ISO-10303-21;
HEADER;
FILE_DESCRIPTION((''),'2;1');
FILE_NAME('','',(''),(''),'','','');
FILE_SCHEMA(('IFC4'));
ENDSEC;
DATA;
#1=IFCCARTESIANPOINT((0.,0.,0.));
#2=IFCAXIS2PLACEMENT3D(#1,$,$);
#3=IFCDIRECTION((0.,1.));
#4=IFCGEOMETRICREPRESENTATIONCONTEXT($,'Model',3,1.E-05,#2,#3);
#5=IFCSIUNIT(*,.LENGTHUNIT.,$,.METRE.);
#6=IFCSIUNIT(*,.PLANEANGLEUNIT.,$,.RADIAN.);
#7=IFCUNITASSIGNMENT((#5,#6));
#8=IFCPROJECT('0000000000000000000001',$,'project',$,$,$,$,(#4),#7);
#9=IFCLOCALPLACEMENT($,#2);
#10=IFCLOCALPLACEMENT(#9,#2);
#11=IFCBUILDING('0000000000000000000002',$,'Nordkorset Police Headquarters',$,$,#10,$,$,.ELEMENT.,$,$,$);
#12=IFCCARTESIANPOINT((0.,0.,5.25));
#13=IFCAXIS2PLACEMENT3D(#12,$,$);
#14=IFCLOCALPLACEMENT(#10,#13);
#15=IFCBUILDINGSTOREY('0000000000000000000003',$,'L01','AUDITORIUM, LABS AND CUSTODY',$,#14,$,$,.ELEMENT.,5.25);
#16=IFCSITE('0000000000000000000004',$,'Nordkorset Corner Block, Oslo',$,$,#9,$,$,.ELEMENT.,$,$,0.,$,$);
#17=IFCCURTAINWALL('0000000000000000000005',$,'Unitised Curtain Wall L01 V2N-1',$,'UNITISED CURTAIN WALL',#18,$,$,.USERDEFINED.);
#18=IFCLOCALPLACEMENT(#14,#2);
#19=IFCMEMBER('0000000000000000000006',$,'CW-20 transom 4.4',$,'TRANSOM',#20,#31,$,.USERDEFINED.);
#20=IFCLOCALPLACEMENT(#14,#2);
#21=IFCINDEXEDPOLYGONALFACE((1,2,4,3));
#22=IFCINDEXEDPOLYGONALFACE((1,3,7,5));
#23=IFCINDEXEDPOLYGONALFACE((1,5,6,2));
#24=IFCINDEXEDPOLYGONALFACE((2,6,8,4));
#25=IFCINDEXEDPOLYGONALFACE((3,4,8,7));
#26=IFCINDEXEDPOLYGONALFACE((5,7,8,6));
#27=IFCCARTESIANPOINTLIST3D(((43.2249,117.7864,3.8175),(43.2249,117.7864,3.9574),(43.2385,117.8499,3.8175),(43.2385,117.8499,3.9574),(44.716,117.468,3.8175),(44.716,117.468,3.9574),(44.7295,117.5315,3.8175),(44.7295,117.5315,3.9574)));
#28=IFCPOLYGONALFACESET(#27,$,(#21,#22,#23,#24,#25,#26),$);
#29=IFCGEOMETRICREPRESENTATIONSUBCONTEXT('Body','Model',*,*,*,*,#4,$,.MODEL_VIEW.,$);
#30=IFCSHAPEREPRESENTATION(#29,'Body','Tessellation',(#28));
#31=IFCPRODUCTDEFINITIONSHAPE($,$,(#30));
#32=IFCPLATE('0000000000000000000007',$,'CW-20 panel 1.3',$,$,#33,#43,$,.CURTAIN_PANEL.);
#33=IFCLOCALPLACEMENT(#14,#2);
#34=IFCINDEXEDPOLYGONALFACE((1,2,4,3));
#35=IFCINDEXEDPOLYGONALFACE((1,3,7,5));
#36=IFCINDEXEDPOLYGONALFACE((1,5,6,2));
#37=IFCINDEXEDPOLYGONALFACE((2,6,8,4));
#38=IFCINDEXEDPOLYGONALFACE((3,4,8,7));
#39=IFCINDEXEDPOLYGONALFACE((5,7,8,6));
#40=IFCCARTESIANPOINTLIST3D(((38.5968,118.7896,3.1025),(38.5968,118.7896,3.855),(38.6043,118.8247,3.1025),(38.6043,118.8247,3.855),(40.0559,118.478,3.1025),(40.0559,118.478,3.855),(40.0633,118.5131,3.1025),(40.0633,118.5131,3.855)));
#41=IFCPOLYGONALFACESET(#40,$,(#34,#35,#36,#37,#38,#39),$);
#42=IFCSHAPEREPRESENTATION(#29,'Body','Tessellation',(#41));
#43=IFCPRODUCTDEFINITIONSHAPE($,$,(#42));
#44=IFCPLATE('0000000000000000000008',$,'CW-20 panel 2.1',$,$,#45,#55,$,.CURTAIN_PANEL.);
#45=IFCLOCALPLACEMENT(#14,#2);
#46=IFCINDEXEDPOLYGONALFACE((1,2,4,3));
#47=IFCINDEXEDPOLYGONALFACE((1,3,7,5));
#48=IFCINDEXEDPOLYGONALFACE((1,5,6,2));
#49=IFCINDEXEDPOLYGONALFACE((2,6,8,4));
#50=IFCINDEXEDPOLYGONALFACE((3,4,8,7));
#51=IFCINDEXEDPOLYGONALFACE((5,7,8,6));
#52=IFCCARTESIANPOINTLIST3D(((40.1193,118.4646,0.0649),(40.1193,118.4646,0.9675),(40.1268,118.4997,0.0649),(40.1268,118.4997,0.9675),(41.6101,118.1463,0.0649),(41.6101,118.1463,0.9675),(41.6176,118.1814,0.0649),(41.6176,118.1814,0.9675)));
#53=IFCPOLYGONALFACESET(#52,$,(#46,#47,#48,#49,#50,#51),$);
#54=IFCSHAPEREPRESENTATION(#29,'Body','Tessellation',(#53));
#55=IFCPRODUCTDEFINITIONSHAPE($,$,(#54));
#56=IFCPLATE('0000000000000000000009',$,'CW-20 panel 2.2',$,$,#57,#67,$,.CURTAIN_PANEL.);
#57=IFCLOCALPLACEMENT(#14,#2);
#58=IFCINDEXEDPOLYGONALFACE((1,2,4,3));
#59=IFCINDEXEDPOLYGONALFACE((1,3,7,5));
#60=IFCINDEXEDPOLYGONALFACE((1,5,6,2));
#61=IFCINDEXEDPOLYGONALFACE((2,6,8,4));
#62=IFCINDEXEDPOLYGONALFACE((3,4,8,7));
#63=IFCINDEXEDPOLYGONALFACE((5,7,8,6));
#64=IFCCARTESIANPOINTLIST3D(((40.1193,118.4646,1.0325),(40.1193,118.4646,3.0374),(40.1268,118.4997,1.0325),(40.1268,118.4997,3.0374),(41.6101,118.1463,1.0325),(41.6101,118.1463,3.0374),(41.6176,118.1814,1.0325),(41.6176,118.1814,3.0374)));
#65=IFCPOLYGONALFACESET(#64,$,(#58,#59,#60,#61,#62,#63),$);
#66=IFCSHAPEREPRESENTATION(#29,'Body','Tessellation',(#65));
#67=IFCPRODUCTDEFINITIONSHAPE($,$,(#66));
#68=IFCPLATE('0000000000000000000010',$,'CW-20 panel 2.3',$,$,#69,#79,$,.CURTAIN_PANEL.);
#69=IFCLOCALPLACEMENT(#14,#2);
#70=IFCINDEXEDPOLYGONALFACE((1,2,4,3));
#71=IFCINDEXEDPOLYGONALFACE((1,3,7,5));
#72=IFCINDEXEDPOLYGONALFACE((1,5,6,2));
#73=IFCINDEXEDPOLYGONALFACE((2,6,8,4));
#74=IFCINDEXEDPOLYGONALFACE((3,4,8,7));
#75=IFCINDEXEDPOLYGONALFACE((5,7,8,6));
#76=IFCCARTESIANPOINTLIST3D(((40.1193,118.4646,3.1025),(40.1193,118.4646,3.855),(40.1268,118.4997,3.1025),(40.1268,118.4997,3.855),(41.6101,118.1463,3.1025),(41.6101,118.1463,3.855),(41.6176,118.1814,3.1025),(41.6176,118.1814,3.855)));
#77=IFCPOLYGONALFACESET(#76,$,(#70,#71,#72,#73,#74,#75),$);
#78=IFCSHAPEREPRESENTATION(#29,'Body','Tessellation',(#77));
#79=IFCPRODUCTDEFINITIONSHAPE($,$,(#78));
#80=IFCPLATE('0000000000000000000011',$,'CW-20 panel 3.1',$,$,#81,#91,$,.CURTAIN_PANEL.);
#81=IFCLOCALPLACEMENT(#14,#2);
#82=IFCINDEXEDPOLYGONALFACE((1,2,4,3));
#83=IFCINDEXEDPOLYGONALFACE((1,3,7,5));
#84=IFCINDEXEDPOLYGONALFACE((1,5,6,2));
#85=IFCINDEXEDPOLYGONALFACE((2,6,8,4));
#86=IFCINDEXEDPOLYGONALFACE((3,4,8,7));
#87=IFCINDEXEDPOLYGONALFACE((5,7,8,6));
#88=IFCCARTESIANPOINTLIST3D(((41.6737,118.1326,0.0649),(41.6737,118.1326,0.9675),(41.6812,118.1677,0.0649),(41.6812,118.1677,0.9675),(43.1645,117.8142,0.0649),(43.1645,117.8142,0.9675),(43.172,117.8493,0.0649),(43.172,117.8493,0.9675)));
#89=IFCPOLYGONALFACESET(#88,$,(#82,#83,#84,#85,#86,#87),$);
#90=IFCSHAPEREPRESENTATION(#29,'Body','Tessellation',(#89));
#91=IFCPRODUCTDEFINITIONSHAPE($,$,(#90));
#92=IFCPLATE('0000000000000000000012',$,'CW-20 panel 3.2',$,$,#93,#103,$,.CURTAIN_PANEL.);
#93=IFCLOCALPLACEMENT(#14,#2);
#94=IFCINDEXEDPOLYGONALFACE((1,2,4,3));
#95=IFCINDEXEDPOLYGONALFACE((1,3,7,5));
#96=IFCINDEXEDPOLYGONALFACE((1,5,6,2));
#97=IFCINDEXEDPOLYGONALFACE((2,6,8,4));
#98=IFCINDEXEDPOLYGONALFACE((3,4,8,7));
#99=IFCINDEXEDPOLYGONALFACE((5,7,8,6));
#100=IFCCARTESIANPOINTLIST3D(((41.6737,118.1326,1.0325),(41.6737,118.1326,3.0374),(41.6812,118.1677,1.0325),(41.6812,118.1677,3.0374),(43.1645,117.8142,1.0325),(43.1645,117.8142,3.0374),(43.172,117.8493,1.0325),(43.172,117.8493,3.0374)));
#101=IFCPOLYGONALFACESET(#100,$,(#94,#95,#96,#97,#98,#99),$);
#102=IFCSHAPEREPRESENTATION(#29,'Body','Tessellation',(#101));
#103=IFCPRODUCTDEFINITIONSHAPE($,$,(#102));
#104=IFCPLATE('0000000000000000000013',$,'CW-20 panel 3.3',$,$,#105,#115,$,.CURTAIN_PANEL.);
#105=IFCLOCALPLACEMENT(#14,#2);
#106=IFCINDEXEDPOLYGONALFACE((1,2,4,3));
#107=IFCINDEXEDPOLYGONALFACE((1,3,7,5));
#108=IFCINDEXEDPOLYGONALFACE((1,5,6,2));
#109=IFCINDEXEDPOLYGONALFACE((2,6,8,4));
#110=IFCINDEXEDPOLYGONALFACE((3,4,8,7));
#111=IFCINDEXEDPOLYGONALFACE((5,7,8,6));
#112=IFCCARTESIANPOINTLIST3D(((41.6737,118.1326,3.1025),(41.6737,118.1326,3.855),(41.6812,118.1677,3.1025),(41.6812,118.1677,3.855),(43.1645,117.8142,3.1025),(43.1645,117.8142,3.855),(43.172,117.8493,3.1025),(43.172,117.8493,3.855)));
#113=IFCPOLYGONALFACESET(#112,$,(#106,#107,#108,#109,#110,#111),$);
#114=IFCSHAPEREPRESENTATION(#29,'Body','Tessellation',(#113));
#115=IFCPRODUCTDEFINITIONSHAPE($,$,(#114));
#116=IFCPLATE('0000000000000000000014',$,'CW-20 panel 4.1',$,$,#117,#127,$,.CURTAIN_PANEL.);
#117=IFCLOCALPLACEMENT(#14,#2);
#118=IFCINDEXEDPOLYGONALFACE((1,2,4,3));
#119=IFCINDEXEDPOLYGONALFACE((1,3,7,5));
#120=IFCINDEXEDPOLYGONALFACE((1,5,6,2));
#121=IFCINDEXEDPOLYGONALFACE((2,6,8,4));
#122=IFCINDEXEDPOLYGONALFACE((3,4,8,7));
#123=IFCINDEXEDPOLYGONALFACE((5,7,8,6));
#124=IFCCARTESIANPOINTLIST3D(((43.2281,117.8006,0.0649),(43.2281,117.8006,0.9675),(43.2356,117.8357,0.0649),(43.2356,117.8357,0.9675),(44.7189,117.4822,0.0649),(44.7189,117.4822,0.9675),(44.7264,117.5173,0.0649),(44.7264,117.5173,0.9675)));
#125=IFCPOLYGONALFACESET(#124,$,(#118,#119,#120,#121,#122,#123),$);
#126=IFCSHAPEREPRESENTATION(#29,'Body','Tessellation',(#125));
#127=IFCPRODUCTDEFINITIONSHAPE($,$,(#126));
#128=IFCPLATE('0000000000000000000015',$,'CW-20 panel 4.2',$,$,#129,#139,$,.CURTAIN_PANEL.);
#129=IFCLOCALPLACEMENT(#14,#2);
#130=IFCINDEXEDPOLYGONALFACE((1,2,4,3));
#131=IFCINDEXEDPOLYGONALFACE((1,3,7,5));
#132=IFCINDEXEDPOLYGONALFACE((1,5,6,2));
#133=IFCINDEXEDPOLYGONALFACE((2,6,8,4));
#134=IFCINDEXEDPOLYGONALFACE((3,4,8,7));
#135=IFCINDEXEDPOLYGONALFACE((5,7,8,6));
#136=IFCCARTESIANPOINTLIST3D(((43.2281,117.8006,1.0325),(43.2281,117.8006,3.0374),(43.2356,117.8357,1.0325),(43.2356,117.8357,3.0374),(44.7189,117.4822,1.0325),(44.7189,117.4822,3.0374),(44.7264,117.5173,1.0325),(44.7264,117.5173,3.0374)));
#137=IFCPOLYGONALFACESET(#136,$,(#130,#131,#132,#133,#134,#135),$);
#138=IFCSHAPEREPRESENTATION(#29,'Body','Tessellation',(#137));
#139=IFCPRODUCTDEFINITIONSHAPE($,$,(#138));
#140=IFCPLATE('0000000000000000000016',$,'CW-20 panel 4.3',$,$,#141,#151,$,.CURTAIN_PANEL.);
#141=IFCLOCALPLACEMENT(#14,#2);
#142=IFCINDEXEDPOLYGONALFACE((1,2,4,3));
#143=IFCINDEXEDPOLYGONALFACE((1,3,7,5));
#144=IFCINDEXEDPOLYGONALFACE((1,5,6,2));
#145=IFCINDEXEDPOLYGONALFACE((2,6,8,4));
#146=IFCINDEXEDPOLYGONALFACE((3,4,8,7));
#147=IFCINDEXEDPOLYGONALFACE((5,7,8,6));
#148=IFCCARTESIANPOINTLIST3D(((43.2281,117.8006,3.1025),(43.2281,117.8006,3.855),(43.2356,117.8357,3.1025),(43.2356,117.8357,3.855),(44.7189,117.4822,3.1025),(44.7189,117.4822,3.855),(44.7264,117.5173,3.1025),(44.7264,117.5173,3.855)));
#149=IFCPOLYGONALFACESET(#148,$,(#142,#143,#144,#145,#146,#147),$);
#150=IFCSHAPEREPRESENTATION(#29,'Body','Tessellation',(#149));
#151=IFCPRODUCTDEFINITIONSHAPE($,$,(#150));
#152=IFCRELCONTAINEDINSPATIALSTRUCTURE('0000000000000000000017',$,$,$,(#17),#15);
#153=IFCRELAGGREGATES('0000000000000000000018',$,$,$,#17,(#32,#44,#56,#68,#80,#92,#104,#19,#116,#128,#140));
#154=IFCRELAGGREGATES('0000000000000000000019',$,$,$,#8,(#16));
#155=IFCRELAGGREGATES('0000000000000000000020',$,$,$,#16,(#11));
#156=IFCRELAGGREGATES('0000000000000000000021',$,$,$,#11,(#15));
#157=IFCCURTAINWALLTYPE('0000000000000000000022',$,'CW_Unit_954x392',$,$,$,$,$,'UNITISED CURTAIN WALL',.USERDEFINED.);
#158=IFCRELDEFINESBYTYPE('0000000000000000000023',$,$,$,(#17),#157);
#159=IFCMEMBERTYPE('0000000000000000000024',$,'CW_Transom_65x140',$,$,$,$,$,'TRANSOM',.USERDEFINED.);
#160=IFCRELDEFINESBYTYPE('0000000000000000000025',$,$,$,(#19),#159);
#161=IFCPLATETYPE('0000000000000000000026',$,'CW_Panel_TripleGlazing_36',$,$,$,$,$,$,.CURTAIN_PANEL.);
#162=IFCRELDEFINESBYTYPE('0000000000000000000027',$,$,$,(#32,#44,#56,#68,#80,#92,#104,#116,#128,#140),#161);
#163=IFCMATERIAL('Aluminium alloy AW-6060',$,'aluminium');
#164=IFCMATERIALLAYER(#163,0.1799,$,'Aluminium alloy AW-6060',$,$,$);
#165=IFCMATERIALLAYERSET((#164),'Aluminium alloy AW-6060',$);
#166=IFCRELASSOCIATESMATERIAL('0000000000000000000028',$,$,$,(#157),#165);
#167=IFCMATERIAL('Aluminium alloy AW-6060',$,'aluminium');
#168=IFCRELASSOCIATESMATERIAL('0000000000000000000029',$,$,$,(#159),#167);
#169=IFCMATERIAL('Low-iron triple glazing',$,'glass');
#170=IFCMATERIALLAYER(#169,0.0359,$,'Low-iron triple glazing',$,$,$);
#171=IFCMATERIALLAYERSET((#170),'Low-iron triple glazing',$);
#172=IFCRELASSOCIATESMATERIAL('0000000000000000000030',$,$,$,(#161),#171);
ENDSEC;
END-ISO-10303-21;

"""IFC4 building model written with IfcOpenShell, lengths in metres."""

from ifc_helpers import new_model, si_unit, direction, frame, origin, origin_2d, place, context, subcontext, project, spatial, rectangle, extrude, material, layer, layer_set, material_profile, profile_set, type_object, element, aggregate, save


model = new_model("IFC4")

# Units and contexts
model_context = context("Model", 3, precision=1e-05, world=origin(), true_north=direction((0.0, 1.0)))
body_context = subcontext(model_context, "Body", "Model", "MODEL_VIEW")
ifc_project = project(units=[si_unit("LENGTHUNIT", "METRE"), si_unit("PLANEANGLEUNIT", "RADIAN")], contexts=[model_context])

# Site, building, storey
site_placement = place(None, origin())
site = spatial("IfcSite", under=ifc_project, at=site_placement, Name="Nordkorset Corner Block, Oslo", CompositionType="ELEMENT", RefElevation=0.0)
building_placement = place(site_placement, origin())
building = spatial("IfcBuilding", under=site, at=building_placement, Name="Nordkorset Police Headquarters", CompositionType="ELEMENT")
storey_placement = place(building_placement, frame((0.0, 0.0, 5.25)))
storey = spatial("IfcBuildingStorey", under=building, at=storey_placement, Name="L01", Description="AUDITORIUM, LABS AND CUSTODY", CompositionType="ELEMENT", Elevation=5.25)

# Curtain wall, member, plates
ifc_material_1 = material(Name="Aluminium alloy AW-6060", Category="aluminium")
ifc_layer_1 = layer(ifc_material_1, 0.1799, Name="Aluminium alloy AW-6060")
ifc_layer_set_1 = layer_set([ifc_layer_1], Name="Aluminium alloy AW-6060")
curtain_wall_type = type_object("IfcCurtainWallType", Name="CW_Unit_954x392", ElementType="UNITISED CURTAIN WALL", PredefinedType="USERDEFINED", material=ifc_layer_set_1)
curtain_wall_placement = place(storey_placement, origin())
curtain_wall = element("IfcCurtainWall", 1, at=curtain_wall_placement, inside=storey, type_object=curtain_wall_type, Name="Unitised Curtain Wall L01 V2N-1", ObjectType="UNITISED CURTAIN WALL", PredefinedType="USERDEFINED")
ifc_material_2 = material(Name="Aluminium alloy AW-6060", Category="aluminium")
ifc_material_profile_1 = material_profile(ifc_material_2, rectangle(XDim=0.0649, YDim=0.1399, at=origin_2d()), Name="ALU TRAN 65x140")
ifc_profile_set_1 = profile_set([ifc_material_profile_1], Name="Aluminium alloy AW-6060")
member_type_1 = type_object("IfcMemberType", Name="CW_Transom_65x140", ElementType="TRANSOM", PredefinedType="USERDEFINED", material=ifc_profile_set_1)
member_1_placement = place(storey_placement, frame((43.2317, 117.8181, 3.8875), z_axis=(0.977954, -0.208818, 0.0), x_axis=(0.208818, 0.977954, 0.0)))
member_1 = element("IfcMember", 2, at=member_1_placement, type_object=member_type_1, Name="CW-20 transom 4.4", ObjectType="TRANSOM", PredefinedType="USERDEFINED", context=body_context, shape_type="SweptSolid", body=[
    extrude(rectangle(XDim=0.0649, YDim=0.1399, at=origin_2d()), origin(), (0.0, 0.0, 1.0), 1.5247),
])
ifc_material_3 = material(Name="Low-iron triple glazing", Category="glass")
ifc_layer_2 = layer(ifc_material_3, 0.0359, Name="Low-iron triple glazing")
ifc_layer_set_2 = layer_set([ifc_layer_2], Name="Low-iron triple glazing")
plate_type = type_object("IfcPlateType", Name="CW_Panel_TripleGlazing_36", PredefinedType="CURTAIN_PANEL", material=ifc_layer_set_2)
plate_1_placement = place(storey_placement, frame((39.3301, 118.6514, 3.1025), z_axis=(0.0, 0.0, 1.0), x_axis=(0.977951, -0.208833, 0.0)))
plate_1 = element("IfcPlate", 3, at=plate_1_placement, type_object=plate_type, Name="CW-20 panel 1.3", PredefinedType="CURTAIN_PANEL", context=body_context, shape_type="SweptSolid", body=[
    extrude(rectangle(XDim=1.4919, YDim=0.0359, at=origin_2d()), origin(), (0.0, 0.0, 1.0), 0.7524),
])
plate_2_placement = place(storey_placement, frame((40.8684, 118.323, 0.0649), z_axis=(0.0, 0.0, 1.0), x_axis=(0.977951, -0.208833, 0.0)))
plate_2 = element("IfcPlate", 4, at=plate_2_placement, type_object=plate_type, Name="CW-20 panel 2.1", PredefinedType="CURTAIN_PANEL", context=body_context, shape_type="SweptSolid", body=[
    extrude(rectangle(XDim=1.5244, YDim=0.0359, at=origin_2d()), origin(), (0.0, 0.0, 1.0), 0.9026),
])
plate_3_placement = place(storey_placement, frame((40.8684, 118.323, 1.0325), z_axis=(0.0, 0.0, 1.0), x_axis=(0.977951, -0.208833, 0.0)))
plate_3 = element("IfcPlate", 5, at=plate_3_placement, type_object=plate_type, Name="CW-20 panel 2.2", PredefinedType="CURTAIN_PANEL", context=body_context, shape_type="SweptSolid", body=[
    extrude(rectangle(XDim=1.5244, YDim=0.0359, at=origin_2d()), origin(), (0.0, 0.0, 1.0), 2.0049),
])
plate_4_placement = place(storey_placement, frame((40.8684, 118.323, 3.1025), z_axis=(0.0, 0.0, 1.0), x_axis=(0.977951, -0.208833, 0.0)))
plate_4 = element("IfcPlate", 6, at=plate_4_placement, type_object=plate_type, Name="CW-20 panel 2.3", PredefinedType="CURTAIN_PANEL", context=body_context, shape_type="SweptSolid", body=[
    extrude(rectangle(XDim=1.5244, YDim=0.0359, at=origin_2d()), origin(), (0.0, 0.0, 1.0), 0.7524),
])
plate_5_placement = place(storey_placement, frame((42.4229, 117.991, 0.0649), z_axis=(0.0, 0.0, 1.0), x_axis=(0.977951, -0.208833, 0.0)))
plate_5 = element("IfcPlate", 7, at=plate_5_placement, type_object=plate_type, Name="CW-20 panel 3.1", PredefinedType="CURTAIN_PANEL", context=body_context, shape_type="SweptSolid", body=[
    extrude(rectangle(XDim=1.5244, YDim=0.0359, at=origin_2d()), origin(), (0.0, 0.0, 1.0), 0.9026),
])
plate_6_placement = place(storey_placement, frame((42.4229, 117.991, 1.0325), z_axis=(0.0, 0.0, 1.0), x_axis=(0.977951, -0.208833, 0.0)))
plate_6 = element("IfcPlate", 8, at=plate_6_placement, type_object=plate_type, Name="CW-20 panel 3.2", PredefinedType="CURTAIN_PANEL", context=body_context, shape_type="SweptSolid", body=[
    extrude(rectangle(XDim=1.5244, YDim=0.0359, at=origin_2d()), origin(), (0.0, 0.0, 1.0), 2.0049),
])
plate_7_placement = place(storey_placement, frame((42.4229, 117.991, 3.1025), z_axis=(0.0, 0.0, 1.0), x_axis=(0.977951, -0.208833, 0.0)))
plate_7 = element("IfcPlate", 9, at=plate_7_placement, type_object=plate_type, Name="CW-20 panel 3.3", PredefinedType="CURTAIN_PANEL", context=body_context, shape_type="SweptSolid", body=[
    extrude(rectangle(XDim=1.5244, YDim=0.0359, at=origin_2d()), origin(), (0.0, 0.0, 1.0), 0.7524),
])
plate_8_placement = place(storey_placement, frame((43.9773, 117.6589, 0.0649), z_axis=(0.0, 0.0, 1.0), x_axis=(0.977951, -0.208833, 0.0)))
plate_8 = element("IfcPlate", 10, at=plate_8_placement, type_object=plate_type, Name="CW-20 panel 4.1", PredefinedType="CURTAIN_PANEL", context=body_context, shape_type="SweptSolid", body=[
    extrude(rectangle(XDim=1.5244, YDim=0.0359, at=origin_2d()), origin(), (0.0, 0.0, 1.0), 0.9026),
])
plate_9_placement = place(storey_placement, frame((43.9773, 117.6589, 1.0325), z_axis=(0.0, 0.0, 1.0), x_axis=(0.977951, -0.208833, 0.0)))
plate_9 = element("IfcPlate", 11, at=plate_9_placement, type_object=plate_type, Name="CW-20 panel 4.2", PredefinedType="CURTAIN_PANEL", context=body_context, shape_type="SweptSolid", body=[
    extrude(rectangle(XDim=1.5244, YDim=0.0359, at=origin_2d()), origin(), (0.0, 0.0, 1.0), 2.0049),
])
plate_10_placement = place(storey_placement, frame((43.9773, 117.6589, 3.1025), z_axis=(0.0, 0.0, 1.0), x_axis=(0.977951, -0.208833, 0.0)))
plate_10 = element("IfcPlate", 12, at=plate_10_placement, type_object=plate_type, Name="CW-20 panel 4.3", PredefinedType="CURTAIN_PANEL", context=body_context, shape_type="SweptSolid", body=[
    extrude(rectangle(XDim=1.5244, YDim=0.0359, at=origin_2d()), origin(), (0.0, 0.0, 1.0), 0.7524),
])
aggregate(curtain_wall, [plate_1, plate_2, plate_3, plate_4, plate_5, plate_6, plate_7, member_1, plate_8, plate_9, plate_10])

save(model, "model.ifc")
